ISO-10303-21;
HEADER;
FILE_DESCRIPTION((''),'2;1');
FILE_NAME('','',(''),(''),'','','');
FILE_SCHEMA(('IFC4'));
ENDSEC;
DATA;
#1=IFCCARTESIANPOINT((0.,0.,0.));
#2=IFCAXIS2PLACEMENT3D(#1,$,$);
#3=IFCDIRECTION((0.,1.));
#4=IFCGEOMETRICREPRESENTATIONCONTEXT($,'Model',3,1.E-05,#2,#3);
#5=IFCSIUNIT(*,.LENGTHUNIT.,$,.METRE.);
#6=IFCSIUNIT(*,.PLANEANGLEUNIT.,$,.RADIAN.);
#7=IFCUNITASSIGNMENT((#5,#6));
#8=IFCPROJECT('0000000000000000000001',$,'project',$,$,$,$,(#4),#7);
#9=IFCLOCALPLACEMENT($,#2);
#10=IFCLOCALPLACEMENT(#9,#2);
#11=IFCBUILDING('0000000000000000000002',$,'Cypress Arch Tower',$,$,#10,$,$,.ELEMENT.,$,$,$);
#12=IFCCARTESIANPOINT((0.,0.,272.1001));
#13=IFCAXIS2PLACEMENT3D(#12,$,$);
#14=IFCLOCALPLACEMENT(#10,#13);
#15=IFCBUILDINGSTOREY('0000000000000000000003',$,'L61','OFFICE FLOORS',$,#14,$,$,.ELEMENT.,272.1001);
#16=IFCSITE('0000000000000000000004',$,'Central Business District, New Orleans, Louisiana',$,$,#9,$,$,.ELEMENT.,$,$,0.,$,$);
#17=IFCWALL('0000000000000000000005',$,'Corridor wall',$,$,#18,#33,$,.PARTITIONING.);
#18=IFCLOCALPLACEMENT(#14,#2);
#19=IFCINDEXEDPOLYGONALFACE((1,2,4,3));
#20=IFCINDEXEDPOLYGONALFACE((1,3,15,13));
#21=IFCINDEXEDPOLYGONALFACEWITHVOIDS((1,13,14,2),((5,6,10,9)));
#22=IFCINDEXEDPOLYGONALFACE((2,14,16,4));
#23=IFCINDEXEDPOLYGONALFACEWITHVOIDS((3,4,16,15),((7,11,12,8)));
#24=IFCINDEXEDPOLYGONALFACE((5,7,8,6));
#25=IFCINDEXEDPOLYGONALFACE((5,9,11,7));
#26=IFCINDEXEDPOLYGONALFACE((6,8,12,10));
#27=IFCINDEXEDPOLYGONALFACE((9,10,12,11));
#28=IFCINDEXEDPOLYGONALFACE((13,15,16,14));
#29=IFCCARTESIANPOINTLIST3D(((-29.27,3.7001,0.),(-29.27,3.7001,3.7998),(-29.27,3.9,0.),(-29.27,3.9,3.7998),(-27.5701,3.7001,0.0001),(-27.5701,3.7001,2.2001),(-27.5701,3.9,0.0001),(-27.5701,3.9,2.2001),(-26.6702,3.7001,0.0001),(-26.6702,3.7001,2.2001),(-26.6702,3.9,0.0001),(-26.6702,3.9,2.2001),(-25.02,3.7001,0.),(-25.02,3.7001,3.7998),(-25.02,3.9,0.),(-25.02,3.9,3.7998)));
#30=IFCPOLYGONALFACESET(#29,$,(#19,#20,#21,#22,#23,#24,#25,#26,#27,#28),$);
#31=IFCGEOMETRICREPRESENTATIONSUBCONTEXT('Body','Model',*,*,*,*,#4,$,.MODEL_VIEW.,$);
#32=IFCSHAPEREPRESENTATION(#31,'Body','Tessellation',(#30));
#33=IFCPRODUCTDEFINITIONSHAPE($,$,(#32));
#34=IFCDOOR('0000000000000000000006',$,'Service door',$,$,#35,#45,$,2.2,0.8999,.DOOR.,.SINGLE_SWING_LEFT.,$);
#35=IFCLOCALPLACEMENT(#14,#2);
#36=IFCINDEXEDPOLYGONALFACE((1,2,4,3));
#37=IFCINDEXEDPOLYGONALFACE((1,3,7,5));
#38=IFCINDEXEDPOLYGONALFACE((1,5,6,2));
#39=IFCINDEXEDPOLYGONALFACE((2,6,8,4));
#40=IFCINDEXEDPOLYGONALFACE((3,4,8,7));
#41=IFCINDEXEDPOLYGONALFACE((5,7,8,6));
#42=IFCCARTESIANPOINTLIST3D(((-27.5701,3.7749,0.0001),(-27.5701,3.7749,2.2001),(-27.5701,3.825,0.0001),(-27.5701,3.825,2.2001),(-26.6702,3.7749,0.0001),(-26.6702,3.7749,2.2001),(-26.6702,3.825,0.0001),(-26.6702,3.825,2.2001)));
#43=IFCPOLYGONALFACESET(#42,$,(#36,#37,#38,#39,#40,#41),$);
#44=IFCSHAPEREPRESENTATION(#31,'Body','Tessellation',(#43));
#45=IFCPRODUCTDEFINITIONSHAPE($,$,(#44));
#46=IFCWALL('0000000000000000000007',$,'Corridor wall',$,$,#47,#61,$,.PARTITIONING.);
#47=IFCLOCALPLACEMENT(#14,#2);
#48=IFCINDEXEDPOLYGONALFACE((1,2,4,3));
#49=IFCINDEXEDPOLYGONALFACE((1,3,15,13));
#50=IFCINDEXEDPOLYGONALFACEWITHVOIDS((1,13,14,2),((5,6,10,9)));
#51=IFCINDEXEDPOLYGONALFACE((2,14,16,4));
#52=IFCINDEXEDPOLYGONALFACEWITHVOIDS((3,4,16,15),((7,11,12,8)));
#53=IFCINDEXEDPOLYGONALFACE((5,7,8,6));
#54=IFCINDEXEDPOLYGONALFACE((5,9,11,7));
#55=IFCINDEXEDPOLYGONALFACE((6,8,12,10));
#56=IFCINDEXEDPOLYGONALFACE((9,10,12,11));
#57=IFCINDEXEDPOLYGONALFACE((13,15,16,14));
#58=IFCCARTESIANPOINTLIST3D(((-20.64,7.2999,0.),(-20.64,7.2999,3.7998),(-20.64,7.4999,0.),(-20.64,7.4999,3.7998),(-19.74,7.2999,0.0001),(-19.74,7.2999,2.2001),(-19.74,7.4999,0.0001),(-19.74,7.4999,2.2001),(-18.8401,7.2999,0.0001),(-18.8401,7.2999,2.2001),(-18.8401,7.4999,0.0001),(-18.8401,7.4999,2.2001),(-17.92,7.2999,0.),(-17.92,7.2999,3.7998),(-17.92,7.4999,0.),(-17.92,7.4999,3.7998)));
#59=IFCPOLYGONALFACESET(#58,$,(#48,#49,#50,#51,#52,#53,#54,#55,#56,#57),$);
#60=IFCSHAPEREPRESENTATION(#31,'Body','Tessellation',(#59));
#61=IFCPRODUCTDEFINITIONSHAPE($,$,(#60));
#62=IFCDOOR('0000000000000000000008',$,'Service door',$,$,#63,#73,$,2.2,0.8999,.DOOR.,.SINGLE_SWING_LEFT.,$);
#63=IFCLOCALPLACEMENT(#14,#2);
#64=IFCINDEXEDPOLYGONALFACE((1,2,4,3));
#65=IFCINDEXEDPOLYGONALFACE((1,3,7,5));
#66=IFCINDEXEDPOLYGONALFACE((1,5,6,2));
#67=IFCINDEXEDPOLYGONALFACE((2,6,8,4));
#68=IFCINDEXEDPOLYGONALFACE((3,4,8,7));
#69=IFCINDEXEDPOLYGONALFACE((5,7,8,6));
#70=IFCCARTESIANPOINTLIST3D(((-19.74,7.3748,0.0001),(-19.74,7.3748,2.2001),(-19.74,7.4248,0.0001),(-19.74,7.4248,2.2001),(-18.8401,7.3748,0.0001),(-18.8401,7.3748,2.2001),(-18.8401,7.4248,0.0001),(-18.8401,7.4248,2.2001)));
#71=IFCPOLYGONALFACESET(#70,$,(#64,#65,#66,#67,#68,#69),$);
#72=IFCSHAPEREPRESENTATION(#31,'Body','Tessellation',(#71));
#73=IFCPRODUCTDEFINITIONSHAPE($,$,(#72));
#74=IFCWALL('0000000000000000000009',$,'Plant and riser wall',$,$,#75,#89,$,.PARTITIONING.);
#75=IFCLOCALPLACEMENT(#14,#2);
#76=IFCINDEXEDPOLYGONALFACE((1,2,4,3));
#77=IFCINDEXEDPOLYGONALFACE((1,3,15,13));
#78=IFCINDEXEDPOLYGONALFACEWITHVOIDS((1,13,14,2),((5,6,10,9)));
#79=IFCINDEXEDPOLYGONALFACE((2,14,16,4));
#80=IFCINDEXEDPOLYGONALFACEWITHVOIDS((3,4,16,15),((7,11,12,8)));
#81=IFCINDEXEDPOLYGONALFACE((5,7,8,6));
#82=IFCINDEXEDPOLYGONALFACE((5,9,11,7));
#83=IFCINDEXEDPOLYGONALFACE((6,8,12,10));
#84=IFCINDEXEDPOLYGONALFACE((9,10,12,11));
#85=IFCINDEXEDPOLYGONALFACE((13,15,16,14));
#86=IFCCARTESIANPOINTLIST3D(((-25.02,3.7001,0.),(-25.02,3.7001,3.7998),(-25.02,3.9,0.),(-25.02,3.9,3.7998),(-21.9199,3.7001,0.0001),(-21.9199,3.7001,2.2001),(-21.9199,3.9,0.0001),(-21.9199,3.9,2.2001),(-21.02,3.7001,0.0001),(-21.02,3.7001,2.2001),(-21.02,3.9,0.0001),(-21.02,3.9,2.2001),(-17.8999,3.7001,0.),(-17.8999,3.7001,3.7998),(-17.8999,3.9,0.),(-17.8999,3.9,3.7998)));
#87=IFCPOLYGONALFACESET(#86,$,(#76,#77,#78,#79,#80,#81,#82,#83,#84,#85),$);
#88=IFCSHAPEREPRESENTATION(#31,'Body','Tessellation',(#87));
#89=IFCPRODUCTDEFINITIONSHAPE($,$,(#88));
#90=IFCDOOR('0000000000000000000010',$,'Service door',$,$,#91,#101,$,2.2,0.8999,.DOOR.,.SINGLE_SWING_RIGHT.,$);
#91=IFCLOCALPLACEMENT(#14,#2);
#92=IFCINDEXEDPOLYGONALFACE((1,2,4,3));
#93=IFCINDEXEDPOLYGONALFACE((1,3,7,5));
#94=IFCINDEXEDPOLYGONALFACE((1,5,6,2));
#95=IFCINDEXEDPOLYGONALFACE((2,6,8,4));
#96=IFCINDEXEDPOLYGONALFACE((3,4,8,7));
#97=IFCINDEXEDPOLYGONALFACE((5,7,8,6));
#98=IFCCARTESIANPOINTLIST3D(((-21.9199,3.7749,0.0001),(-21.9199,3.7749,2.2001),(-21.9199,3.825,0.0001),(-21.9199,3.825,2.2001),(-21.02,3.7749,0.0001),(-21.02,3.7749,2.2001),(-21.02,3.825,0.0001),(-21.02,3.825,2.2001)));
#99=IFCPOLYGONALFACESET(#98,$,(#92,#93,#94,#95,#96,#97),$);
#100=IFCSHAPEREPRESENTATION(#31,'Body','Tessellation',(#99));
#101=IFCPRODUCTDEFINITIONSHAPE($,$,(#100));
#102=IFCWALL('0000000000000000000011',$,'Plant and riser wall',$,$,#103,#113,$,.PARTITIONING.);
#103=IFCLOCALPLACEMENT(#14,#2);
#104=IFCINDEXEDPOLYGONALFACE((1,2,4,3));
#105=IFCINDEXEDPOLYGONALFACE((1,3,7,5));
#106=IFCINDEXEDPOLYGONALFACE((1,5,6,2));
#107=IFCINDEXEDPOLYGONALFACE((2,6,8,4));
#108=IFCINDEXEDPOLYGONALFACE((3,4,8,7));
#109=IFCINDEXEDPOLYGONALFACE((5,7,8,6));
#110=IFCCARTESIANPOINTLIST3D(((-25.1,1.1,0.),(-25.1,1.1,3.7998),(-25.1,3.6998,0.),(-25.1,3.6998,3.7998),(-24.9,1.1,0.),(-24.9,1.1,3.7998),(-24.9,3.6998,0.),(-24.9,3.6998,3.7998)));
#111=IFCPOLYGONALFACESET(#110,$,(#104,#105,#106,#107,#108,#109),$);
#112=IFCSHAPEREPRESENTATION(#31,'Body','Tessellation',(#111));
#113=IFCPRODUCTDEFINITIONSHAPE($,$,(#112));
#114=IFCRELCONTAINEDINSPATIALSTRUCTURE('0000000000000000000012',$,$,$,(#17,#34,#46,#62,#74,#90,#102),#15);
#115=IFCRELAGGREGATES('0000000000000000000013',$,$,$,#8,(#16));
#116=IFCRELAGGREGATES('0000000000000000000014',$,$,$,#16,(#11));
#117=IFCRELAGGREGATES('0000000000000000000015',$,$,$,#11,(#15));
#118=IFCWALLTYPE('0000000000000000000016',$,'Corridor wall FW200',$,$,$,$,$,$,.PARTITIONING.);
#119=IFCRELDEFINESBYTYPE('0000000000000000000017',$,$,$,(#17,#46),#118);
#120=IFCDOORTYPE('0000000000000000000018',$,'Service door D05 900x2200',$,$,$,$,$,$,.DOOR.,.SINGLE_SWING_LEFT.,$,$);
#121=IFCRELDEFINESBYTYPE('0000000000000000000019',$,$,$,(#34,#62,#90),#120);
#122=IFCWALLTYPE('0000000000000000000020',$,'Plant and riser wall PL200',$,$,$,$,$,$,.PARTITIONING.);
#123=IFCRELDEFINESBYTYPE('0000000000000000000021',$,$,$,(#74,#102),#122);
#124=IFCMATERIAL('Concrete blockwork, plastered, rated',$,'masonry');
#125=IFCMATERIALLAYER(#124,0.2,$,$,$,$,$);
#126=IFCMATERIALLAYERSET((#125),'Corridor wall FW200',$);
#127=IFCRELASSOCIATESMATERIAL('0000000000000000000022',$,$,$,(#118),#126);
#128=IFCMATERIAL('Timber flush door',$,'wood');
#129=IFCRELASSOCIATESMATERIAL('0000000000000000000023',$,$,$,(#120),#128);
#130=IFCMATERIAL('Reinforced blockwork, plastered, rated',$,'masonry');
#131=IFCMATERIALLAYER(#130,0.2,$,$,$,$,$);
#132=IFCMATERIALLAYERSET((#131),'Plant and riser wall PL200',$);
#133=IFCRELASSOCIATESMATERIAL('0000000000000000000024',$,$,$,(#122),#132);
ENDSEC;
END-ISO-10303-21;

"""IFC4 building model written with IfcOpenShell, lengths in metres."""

from ifc_helpers import new_model, si_unit, direction, frame, frame_2d, origin, place, context, subcontext, project, spatial, rectangle, extrude, material, layer, layer_set, type_object, element, fill, save


model = new_model("IFC4")

# Units and contexts
model_context = context("Model", 3, precision=1e-05, world=origin(), true_north=direction((0.0, 1.0)))
body_context = subcontext(model_context, "Body", "Model", "MODEL_VIEW")
ifc_project = project(units=[si_unit("LENGTHUNIT", "METRE"), si_unit("PLANEANGLEUNIT", "RADIAN")], contexts=[model_context])

# Site, building, storey
site_placement = place(None, origin())
site = spatial("IfcSite", under=ifc_project, at=site_placement, Name="Central Business District, New Orleans, Louisiana", CompositionType="ELEMENT", RefElevation=0.0)
building_placement = place(site_placement, origin())
building = spatial("IfcBuilding", under=site, at=building_placement, Name="Cypress Arch Tower", CompositionType="ELEMENT")
storey_placement = place(building_placement, frame((0.0, 0.0, 272.1001)))
storey = spatial("IfcBuildingStorey", under=building, at=storey_placement, Name="L61", Description="OFFICE FLOORS", CompositionType="ELEMENT", Elevation=272.1001)

# Walls, openings, doors
ifc_material_1 = material(Name="Concrete blockwork, plastered, rated", Category="masonry")
ifc_layer_1 = layer(ifc_material_1, 0.2)
ifc_layer_set_1 = layer_set([ifc_layer_1], Name="Corridor wall FW200")
wall_type_1 = type_object("IfcWallType", Name="Corridor wall FW200", PredefinedType="PARTITIONING", material=ifc_layer_set_1)
wall_1_placement = place(storey_placement, frame((-29.27, 3.8, 0.0), z_axis=(0.0, 0.0, 1.0), x_axis=(1.0, 0.0, 0.0)))
wall_1 = element("IfcWall", 1, at=wall_1_placement, inside=storey, type_object=wall_type_1, Name="Corridor wall", PredefinedType="PARTITIONING", context=body_context, shape_type="SweptSolid", body=[
    extrude(rectangle(XDim=4.25, YDim=0.2, at=frame_2d((2.125, 0.0))), origin(), (0.0, 0.0, 1.0), 3.7998),
])
opening_1_placement = place(wall_1_placement, frame((1.7, 0.0, 0.0)))
opening_1 = element("IfcOpeningElement", 2, at=opening_1_placement, cuts=wall_1, PredefinedType="OPENING", context=body_context, shape_type="SweptSolid", body=[
    extrude(rectangle(XDim=0.8999, YDim=2.2, at=frame_2d((0.45, 1.1001))), frame((0.0, 0.1099, 0.0), z_axis=(0.0, -1.0, 0.0), x_axis=(1.0, 0.0, 0.0)), (0.0, 0.0, 1.0), 0.22),
])
ifc_material_2 = material(Name="Timber flush door", Category="wood")
door_type_1 = type_object("IfcDoorType", Name="Service door D05 900x2200", OperationType="SINGLE_SWING_LEFT", PredefinedType="DOOR", material=ifc_material_2)
door_1_placement = place(opening_1_placement, origin())
door_1 = element("IfcDoor", 3, at=door_1_placement, inside=storey, type_object=door_type_1, Name="Service door", OperationType="SINGLE_SWING_LEFT", OverallHeight=2.2, OverallWidth=0.8999, PredefinedType="DOOR", context=body_context, shape_type="SweptSolid", body=[
    extrude(rectangle(XDim=0.8999, YDim=2.2, at=frame_2d((0.45, 1.1001))), frame((0.0, 0.0249, 0.0), z_axis=(0.0, -1.0, 0.0), x_axis=(1.0, 0.0, 0.0)), (0.0, 0.0, 1.0), 0.05),
])
fill(opening_1, door_1)
wall_2_placement = place(storey_placement, frame((-20.6399, 7.3999, 0.0), z_axis=(0.0, 0.0, 1.0), x_axis=(1.0, 0.0, 0.0)))
wall_2 = element("IfcWall", 4, at=wall_2_placement, inside=storey, type_object=wall_type_1, Name="Corridor wall", PredefinedType="PARTITIONING", context=body_context, shape_type="SweptSolid", body=[
    extrude(rectangle(XDim=2.72, YDim=0.2, at=frame_2d((1.3599, 0.0))), origin(), (0.0, 0.0, 1.0), 3.7998),
])
opening_2_placement = place(wall_2_placement, frame((0.8999, 0.0, 0.0)))
opening_2 = element("IfcOpeningElement", 5, at=opening_2_placement, cuts=wall_2, PredefinedType="OPENING", context=body_context, shape_type="SweptSolid", body=[
    extrude(rectangle(XDim=0.8999, YDim=2.2, at=frame_2d((0.45, 1.1001))), frame((0.0, 0.1099, 0.0), z_axis=(0.0, -1.0, 0.0), x_axis=(1.0, 0.0, 0.0)), (0.0, 0.0, 1.0), 0.22),
])
door_2_placement = place(opening_2_placement, origin())
door_2 = element("IfcDoor", 6, at=door_2_placement, inside=storey, type_object=door_type_1, Name="Service door", OperationType="SINGLE_SWING_LEFT", OverallHeight=2.2, OverallWidth=0.8999, PredefinedType="DOOR", context=body_context, shape_type="SweptSolid", body=[
    extrude(rectangle(XDim=0.8999, YDim=2.2, at=frame_2d((0.45, 1.1001))), frame((0.0, 0.0249, 0.0), z_axis=(0.0, -1.0, 0.0), x_axis=(1.0, 0.0, 0.0)), (0.0, 0.0, 1.0), 0.05),
])
fill(opening_2, door_2)
ifc_material_3 = material(Name="Reinforced blockwork, plastered, rated", Category="masonry")
ifc_layer_2 = layer(ifc_material_3, 0.2)
ifc_layer_set_2 = layer_set([ifc_layer_2], Name="Plant and riser wall PL200")
wall_type_2 = type_object("IfcWallType", Name="Plant and riser wall PL200", PredefinedType="PARTITIONING", material=ifc_layer_set_2)
wall_3_placement = place(storey_placement, frame((-25.02, 3.8, 0.0), z_axis=(0.0, 0.0, 1.0), x_axis=(1.0, 0.0, 0.0)))
wall_3 = element("IfcWall", 7, at=wall_3_placement, inside=storey, type_object=wall_type_2, Name="Plant and riser wall", PredefinedType="PARTITIONING", context=body_context, shape_type="SweptSolid", body=[
    extrude(rectangle(XDim=7.1201, YDim=0.2, at=frame_2d((3.5601, 0.0))), origin(), (0.0, 0.0, 1.0), 3.7998),
])
opening_3_placement = place(wall_3_placement, frame((3.1001, 0.0, 0.0)))
opening_3 = element("IfcOpeningElement", 8, at=opening_3_placement, cuts=wall_3, PredefinedType="OPENING", context=body_context, shape_type="SweptSolid", body=[
    extrude(rectangle(XDim=0.8999, YDim=2.2, at=frame_2d((0.45, 1.1001))), frame((0.0, 0.1099, 0.0), z_axis=(0.0, -1.0, 0.0), x_axis=(1.0, 0.0, 0.0)), (0.0, 0.0, 1.0), 0.22),
])
door_3_placement = place(opening_3_placement, origin())
door_3 = element("IfcDoor", 9, at=door_3_placement, inside=storey, type_object=door_type_1, Name="Service door", OperationType="SINGLE_SWING_RIGHT", OverallHeight=2.2, OverallWidth=0.8999, PredefinedType="DOOR", context=body_context, shape_type="SweptSolid", body=[
    extrude(rectangle(XDim=0.8999, YDim=2.2, at=frame_2d((0.45, 1.1001))), frame((0.0, 0.0249, 0.0), z_axis=(0.0, -1.0, 0.0), x_axis=(1.0, 0.0, 0.0)), (0.0, 0.0, 1.0), 0.05),
])
fill(opening_3, door_3)

# Wall
wall_4_placement = place(storey_placement, frame((-25.0, 1.1001, 0.0), z_axis=(0.0, 0.0, 1.0), x_axis=(0.0, 1.0, 0.0)))
element("IfcWall", 10, at=wall_4_placement, inside=storey, type_object=wall_type_2, Name="Plant and riser wall", PredefinedType="PARTITIONING", context=body_context, shape_type="SweptSolid", body=[
    extrude(rectangle(XDim=2.5999, YDim=0.2, at=frame_2d((1.2998, 0.0))), origin(), (0.0, 0.0, 1.0), 3.7998),
])

save(model, "model.ifc")
